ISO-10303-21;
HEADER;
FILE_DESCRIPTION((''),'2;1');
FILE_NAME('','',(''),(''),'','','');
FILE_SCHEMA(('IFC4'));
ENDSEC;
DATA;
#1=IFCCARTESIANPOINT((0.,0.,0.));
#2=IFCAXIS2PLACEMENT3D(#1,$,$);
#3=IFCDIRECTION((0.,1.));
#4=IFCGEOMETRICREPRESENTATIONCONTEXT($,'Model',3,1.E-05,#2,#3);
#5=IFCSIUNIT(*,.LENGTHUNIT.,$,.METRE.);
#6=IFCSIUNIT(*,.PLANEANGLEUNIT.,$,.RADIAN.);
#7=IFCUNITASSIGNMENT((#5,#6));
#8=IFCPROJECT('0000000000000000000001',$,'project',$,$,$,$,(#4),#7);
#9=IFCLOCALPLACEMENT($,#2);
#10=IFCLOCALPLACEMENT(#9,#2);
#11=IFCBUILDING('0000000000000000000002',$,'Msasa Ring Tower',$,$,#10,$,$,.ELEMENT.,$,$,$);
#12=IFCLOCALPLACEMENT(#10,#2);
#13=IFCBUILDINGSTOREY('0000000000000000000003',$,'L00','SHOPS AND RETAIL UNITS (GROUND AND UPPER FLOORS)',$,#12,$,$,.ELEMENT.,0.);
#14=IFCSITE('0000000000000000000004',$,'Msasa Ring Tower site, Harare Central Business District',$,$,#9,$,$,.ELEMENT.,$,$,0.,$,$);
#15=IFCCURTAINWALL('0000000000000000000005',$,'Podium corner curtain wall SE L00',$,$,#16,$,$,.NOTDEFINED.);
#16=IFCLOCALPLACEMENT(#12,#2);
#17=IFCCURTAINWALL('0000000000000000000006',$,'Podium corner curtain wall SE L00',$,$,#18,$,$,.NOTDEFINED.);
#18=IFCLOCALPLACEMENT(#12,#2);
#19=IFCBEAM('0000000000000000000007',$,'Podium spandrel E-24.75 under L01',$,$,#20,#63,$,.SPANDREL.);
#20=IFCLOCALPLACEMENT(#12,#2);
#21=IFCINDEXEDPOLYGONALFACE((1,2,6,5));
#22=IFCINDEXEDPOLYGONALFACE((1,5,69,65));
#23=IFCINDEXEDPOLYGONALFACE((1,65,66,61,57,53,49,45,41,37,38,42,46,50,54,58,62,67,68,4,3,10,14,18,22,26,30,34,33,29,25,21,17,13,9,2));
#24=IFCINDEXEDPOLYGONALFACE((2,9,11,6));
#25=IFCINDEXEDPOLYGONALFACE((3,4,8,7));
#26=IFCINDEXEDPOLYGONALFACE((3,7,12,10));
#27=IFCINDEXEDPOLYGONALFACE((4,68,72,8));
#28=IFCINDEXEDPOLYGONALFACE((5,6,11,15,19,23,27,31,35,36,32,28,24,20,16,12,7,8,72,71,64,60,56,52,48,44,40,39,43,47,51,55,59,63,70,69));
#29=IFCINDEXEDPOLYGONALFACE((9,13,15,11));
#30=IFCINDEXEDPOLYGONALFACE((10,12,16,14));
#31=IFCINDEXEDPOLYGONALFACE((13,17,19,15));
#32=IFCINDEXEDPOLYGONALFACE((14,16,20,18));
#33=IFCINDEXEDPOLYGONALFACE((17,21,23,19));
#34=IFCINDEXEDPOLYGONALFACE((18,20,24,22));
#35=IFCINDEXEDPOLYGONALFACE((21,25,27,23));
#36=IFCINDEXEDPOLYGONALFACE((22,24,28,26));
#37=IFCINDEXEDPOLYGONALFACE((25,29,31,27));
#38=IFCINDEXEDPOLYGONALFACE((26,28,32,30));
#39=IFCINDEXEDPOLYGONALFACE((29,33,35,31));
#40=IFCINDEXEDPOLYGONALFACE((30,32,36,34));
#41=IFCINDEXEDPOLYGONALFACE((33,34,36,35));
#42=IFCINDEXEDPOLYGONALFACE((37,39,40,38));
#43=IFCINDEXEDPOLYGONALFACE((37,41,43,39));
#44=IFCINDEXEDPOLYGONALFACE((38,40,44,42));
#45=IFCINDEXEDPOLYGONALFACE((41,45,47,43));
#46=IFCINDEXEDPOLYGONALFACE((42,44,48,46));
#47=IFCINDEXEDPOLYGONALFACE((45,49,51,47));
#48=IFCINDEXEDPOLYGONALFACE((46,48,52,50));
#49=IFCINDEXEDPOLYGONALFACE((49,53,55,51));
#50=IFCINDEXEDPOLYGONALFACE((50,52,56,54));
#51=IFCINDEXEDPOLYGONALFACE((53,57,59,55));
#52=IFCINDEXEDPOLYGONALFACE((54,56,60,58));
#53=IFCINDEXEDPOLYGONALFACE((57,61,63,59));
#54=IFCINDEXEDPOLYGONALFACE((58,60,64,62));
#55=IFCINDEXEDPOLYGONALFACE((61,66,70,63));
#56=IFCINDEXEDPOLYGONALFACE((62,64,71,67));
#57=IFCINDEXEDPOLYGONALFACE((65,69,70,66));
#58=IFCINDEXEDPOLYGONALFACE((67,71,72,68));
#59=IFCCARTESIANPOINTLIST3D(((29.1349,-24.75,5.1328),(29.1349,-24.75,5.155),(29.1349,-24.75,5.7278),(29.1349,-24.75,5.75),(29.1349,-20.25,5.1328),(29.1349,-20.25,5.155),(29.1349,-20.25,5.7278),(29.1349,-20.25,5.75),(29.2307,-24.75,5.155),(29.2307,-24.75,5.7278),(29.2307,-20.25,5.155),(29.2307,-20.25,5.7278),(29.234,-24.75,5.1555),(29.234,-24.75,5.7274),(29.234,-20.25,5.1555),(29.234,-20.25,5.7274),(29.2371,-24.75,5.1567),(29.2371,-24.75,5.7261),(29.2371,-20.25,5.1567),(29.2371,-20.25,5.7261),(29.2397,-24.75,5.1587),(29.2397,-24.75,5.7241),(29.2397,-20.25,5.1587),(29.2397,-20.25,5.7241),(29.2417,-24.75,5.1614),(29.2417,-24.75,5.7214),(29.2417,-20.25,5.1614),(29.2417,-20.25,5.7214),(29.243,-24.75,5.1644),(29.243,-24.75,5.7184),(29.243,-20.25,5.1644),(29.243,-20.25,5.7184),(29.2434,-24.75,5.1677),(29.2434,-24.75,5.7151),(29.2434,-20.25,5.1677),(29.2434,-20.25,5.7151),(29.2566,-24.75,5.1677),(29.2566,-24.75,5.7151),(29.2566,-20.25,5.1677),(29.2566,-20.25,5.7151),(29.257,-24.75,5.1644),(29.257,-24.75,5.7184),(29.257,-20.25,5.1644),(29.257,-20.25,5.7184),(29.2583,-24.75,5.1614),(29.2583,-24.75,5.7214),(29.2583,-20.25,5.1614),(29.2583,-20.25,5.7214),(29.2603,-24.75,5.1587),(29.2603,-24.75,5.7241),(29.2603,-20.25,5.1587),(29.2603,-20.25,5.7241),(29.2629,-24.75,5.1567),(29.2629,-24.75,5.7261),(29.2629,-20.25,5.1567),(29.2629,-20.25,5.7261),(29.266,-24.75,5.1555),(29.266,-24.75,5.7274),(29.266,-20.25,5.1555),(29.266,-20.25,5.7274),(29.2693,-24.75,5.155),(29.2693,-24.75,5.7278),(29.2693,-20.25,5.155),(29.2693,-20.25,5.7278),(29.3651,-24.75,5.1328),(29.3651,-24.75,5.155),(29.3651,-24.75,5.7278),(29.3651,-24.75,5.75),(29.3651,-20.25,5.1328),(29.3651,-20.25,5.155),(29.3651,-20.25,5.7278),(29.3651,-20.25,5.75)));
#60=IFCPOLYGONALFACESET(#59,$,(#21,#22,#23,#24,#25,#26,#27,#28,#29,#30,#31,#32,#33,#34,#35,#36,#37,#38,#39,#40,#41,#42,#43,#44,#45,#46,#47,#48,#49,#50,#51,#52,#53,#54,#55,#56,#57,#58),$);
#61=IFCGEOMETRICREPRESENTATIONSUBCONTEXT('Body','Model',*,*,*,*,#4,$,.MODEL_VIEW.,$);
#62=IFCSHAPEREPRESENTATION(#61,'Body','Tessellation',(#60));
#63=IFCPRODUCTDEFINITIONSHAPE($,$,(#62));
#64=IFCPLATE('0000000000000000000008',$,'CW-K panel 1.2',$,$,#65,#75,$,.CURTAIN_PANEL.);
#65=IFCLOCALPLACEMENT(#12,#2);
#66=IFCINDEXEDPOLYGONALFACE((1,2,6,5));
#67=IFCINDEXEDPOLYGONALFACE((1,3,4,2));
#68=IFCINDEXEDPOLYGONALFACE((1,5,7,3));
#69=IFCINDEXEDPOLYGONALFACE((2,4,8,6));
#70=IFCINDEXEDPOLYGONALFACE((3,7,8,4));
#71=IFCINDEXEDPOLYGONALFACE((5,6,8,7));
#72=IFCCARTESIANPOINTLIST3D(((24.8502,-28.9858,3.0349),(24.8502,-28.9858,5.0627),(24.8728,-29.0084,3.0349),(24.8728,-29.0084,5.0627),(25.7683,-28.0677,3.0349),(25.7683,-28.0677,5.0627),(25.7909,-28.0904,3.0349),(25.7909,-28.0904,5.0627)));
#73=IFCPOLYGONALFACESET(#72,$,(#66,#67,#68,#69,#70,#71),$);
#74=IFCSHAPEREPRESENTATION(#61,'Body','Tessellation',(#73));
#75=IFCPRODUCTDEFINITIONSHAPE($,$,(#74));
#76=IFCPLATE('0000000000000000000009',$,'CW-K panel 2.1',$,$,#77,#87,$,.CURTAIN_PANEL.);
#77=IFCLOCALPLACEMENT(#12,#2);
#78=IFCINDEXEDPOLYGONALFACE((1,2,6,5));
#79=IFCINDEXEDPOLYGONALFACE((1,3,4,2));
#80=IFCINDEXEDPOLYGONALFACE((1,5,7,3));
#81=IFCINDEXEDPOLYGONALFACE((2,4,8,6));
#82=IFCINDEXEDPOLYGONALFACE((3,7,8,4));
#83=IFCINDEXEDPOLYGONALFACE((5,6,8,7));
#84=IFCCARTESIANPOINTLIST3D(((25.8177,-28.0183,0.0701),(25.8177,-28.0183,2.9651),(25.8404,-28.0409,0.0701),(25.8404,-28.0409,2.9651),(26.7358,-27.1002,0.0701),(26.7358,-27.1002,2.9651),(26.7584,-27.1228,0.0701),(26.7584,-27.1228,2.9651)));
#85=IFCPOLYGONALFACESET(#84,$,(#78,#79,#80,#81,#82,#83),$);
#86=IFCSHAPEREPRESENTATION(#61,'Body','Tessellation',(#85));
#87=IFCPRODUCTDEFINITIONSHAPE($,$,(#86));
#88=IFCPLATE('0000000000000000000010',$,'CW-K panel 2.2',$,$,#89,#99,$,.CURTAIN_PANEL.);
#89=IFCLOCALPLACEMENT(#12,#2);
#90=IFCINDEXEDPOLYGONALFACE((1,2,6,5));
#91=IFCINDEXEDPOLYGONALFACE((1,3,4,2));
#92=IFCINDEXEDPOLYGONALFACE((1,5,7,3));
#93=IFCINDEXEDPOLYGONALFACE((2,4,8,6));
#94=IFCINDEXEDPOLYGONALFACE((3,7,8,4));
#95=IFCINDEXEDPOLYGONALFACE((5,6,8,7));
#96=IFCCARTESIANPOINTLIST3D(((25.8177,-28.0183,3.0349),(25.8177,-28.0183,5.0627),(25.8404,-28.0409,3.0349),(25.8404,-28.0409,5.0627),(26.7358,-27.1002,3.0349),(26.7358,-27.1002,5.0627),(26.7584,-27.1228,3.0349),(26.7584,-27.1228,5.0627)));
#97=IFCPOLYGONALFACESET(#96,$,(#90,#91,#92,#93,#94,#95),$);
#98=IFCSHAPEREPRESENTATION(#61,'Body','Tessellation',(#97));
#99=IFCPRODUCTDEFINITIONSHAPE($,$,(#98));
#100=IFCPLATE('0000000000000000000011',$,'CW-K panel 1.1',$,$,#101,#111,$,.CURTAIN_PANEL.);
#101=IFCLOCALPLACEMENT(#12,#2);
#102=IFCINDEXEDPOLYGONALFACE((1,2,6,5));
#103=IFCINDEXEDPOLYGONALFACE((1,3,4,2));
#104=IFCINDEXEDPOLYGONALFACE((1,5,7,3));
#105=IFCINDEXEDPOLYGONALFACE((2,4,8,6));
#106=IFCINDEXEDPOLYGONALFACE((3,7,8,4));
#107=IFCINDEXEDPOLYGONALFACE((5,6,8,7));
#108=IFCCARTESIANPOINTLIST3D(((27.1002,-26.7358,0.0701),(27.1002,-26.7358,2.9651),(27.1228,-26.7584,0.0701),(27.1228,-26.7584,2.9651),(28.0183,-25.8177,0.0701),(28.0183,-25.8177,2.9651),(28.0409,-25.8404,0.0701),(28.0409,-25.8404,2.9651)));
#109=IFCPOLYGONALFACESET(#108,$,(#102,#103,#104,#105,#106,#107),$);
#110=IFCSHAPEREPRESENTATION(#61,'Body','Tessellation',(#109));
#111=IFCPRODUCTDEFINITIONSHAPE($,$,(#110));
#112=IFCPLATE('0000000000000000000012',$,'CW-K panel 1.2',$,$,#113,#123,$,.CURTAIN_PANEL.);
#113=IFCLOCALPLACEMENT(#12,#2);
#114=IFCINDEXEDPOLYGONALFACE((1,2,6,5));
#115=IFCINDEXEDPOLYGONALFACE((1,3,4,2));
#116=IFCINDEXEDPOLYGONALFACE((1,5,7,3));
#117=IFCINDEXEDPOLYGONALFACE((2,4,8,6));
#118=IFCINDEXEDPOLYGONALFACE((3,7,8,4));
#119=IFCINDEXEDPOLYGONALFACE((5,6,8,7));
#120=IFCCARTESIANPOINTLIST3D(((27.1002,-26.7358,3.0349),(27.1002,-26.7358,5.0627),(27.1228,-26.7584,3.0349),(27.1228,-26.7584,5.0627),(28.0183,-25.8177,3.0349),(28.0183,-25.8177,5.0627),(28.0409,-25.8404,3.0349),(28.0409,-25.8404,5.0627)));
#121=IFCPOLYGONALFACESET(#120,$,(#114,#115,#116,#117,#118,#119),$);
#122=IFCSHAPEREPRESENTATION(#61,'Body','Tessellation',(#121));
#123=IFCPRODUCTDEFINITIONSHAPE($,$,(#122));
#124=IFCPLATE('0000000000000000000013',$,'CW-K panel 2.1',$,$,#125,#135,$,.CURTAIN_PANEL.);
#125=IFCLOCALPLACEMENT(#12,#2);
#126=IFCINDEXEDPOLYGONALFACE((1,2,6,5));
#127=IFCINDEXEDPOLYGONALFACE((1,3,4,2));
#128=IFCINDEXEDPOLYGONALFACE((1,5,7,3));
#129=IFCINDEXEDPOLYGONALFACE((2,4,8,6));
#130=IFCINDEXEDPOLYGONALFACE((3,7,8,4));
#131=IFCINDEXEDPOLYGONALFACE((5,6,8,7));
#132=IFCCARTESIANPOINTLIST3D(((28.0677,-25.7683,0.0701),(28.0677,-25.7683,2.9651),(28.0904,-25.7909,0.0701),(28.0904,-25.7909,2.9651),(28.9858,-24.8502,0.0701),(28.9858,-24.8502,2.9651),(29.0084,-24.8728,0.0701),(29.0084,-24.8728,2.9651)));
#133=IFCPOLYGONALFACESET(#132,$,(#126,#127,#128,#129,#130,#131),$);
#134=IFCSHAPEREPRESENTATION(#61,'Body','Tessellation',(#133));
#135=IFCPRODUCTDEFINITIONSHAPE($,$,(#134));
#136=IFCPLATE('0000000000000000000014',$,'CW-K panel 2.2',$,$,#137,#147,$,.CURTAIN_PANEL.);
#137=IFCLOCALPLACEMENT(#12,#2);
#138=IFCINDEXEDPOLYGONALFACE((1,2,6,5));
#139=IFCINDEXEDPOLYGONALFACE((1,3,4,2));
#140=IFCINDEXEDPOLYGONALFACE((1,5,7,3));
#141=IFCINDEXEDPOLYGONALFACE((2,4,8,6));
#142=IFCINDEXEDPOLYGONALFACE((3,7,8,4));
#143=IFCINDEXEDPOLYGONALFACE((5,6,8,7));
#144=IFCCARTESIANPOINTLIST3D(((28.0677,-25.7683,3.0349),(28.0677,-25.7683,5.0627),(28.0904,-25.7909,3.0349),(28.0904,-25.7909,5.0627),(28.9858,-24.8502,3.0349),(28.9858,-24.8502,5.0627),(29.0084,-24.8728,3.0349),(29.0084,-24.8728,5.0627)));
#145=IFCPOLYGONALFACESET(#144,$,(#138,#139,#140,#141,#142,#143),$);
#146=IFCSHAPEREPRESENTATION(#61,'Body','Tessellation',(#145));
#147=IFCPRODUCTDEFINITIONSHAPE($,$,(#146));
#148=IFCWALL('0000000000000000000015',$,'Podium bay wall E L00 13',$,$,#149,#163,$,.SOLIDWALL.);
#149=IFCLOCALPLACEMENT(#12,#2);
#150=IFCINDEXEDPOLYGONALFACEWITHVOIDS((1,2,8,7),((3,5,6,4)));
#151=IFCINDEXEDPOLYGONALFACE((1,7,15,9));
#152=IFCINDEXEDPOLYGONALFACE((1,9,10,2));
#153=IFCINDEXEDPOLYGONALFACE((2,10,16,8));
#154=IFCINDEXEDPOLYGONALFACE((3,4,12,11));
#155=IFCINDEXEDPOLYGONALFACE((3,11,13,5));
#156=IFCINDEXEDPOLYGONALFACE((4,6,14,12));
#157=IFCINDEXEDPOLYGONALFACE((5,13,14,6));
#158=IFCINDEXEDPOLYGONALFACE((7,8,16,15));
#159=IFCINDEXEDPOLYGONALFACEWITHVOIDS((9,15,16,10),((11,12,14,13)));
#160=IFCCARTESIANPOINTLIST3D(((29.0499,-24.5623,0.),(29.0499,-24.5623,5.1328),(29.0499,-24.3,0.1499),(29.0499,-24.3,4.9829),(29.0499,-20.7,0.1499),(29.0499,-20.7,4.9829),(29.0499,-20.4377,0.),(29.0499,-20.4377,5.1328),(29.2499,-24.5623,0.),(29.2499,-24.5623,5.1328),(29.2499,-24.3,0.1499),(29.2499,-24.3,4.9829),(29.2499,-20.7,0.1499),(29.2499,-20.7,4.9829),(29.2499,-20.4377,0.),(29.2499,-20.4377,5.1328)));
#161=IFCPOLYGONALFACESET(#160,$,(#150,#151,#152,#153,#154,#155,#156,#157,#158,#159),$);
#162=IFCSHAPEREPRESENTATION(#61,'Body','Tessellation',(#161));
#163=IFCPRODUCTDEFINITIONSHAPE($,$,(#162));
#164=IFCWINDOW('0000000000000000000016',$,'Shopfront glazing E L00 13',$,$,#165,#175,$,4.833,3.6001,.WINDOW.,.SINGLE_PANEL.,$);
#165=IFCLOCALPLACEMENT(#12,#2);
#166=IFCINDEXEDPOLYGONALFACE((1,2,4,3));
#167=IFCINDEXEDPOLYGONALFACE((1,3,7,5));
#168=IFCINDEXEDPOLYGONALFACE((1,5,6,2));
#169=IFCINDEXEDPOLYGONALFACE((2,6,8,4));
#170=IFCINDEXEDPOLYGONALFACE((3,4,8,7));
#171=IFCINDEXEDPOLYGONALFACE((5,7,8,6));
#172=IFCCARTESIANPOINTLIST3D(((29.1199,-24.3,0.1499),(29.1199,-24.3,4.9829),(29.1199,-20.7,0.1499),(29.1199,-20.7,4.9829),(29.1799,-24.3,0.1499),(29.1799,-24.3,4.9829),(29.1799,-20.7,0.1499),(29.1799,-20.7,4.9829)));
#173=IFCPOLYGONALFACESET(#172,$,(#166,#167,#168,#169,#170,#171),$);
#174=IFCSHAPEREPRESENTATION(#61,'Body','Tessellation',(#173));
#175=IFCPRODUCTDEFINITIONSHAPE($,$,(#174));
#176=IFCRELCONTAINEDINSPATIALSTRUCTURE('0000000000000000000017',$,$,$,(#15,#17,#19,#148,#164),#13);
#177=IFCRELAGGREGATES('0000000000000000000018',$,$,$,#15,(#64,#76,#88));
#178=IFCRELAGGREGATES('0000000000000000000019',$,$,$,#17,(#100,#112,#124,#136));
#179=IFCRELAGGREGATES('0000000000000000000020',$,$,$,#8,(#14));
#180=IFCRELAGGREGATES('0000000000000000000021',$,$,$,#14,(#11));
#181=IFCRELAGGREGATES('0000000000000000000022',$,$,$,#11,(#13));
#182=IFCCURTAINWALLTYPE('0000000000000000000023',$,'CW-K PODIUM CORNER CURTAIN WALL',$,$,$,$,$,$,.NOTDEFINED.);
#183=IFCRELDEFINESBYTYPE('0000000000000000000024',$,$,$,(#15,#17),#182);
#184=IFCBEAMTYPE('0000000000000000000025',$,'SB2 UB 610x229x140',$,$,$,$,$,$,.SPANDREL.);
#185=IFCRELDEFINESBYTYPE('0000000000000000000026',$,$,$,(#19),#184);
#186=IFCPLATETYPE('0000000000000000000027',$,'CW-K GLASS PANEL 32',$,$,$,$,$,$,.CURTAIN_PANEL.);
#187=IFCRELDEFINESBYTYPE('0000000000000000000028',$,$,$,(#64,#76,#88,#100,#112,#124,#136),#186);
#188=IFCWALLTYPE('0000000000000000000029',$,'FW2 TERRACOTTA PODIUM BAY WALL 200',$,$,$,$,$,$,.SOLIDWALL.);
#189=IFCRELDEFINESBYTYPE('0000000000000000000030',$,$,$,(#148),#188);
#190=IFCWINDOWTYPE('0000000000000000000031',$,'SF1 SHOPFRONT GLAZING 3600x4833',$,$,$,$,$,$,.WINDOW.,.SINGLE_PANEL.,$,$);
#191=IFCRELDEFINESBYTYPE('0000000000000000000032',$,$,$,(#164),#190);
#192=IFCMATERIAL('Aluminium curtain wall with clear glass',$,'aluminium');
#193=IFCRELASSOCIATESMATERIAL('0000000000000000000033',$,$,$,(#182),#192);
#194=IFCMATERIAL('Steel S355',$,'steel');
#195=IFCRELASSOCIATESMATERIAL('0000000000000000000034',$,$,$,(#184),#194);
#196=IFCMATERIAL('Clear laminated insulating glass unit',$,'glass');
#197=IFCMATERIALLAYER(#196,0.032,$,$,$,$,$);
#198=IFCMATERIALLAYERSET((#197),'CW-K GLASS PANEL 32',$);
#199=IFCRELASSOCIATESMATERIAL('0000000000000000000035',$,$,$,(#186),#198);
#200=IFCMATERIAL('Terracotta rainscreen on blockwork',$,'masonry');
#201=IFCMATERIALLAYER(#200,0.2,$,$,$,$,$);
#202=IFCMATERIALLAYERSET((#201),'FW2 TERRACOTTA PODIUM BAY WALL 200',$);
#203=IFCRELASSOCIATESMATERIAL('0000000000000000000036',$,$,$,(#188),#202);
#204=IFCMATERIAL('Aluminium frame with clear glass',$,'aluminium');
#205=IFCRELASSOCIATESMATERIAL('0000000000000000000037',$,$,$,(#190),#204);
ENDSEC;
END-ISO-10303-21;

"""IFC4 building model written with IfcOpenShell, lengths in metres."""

from ifc_helpers import new_model, si_unit, direction, frame, frame_2d, origin, origin_2d, place, context, subcontext, project, spatial, rectangle, i_section, extrude, material, layer, layer_set, material_profile, profile_set, type_object, element, fill, aggregate, save


model = new_model("IFC4")

# Units and contexts
model_context = context("Model", 3, precision=1e-05, world=origin(), true_north=direction((0.0, 1.0)))
body_context = subcontext(model_context, "Body", "Model", "MODEL_VIEW")
ifc_project = project(units=[si_unit("LENGTHUNIT", "METRE"), si_unit("PLANEANGLEUNIT", "RADIAN")], contexts=[model_context])

# Site, building, storey
site_placement = place(None, origin())
site = spatial("IfcSite", under=ifc_project, at=site_placement, Name="Msasa Ring Tower site, Harare Central Business District", CompositionType="ELEMENT", RefElevation=0.0)
building_placement = place(site_placement, origin())
building = spatial("IfcBuilding", under=site, at=building_placement, Name="Msasa Ring Tower", CompositionType="ELEMENT")
storey_placement = place(building_placement, origin())
storey = spatial("IfcBuildingStorey", under=building, at=storey_placement, Name="L00", Description="SHOPS AND RETAIL UNITS (GROUND AND UPPER FLOORS)", CompositionType="ELEMENT", Elevation=0.0)

# Curtain walls
ifc_material_1 = material(Name="Aluminium curtain wall with clear glass", Category="aluminium")
curtain_wall_type = type_object("IfcCurtainWallType", Name="CW-K PODIUM CORNER CURTAIN WALL", PredefinedType="NOTDEFINED", material=ifc_material_1)
curtain_wall_1_placement = place(storey_placement, origin())
curtain_wall_1 = element("IfcCurtainWall", 1, at=curtain_wall_1_placement, inside=storey, type_object=curtain_wall_type, Name="Podium corner curtain wall SE L00", PredefinedType="NOTDEFINED")
curtain_wall_2_placement = place(storey_placement, origin())
curtain_wall_2 = element("IfcCurtainWall", 2, at=curtain_wall_2_placement, inside=storey, type_object=curtain_wall_type, Name="Podium corner curtain wall SE L00", PredefinedType="NOTDEFINED")

# Beam
ifc_material_2 = material(Name="Steel S355", Category="steel")
ifc_material_profile_1 = material_profile(ifc_material_2, i_section(OverallWidth=0.2302, OverallDepth=0.6172, WebThickness=0.0132, FlangeThickness=0.0222, FilletRadius=0.0127, at=origin_2d()), Name="UB 610x229x140")
ifc_profile_set_1 = profile_set([ifc_material_profile_1], Name="Steel S355")
beam_type_1 = type_object("IfcBeamType", Name="SB2 UB 610x229x140", PredefinedType="SPANDREL", material=ifc_profile_set_1)
beam_1_placement = place(storey_placement, frame((29.25, -24.75, 5.4414), z_axis=(0.0, 1.0, 0.0), x_axis=(-1.0, 0.0, 0.0)))
element("IfcBeam", 3, at=beam_1_placement, inside=storey, type_object=beam_type_1, Name="Podium spandrel E-24.75 under L01", PredefinedType="SPANDREL", context=body_context, shape_type="SweptSolid", body=[
    extrude(i_section(OverallWidth=0.2302, OverallDepth=0.6172, WebThickness=0.0132, FlangeThickness=0.0222, FilletRadius=0.0127, at=origin_2d()), origin(), (0.0, 0.0, 1.0), 4.5),
])

# Plates
ifc_material_3 = material(Name="Clear laminated insulating glass unit", Category="glass")
ifc_layer_1 = layer(ifc_material_3, 0.032)
ifc_layer_set_1 = layer_set([ifc_layer_1], Name="CW-K GLASS PANEL 32")
plate_type = type_object("IfcPlateType", Name="CW-K GLASS PANEL 32", PredefinedType="CURTAIN_PANEL", material=ifc_layer_set_1)
plate_1_placement = place(storey_placement, frame((25.3206, -28.5381, 3.0349), z_axis=(0.0, 0.0, 1.0), x_axis=(0.707107, 0.707107, 0.0)))
plate_1 = element("IfcPlate", 4, at=plate_1_placement, type_object=plate_type, Name="CW-K panel 1.2", PredefinedType="CURTAIN_PANEL", context=body_context, shape_type="SweptSolid", body=[
    extrude(rectangle(XDim=1.2983, YDim=0.032, at=origin_2d()), origin(), (0.0, 0.0, 1.0), 2.0278),
])
plate_2_placement = place(storey_placement, frame((26.2881, -27.5706, 0.0701), z_axis=(0.0, 0.0, 1.0), x_axis=(0.707107, 0.707107, 0.0)))
plate_2 = element("IfcPlate", 5, at=plate_2_placement, type_object=plate_type, Name="CW-K panel 2.1", PredefinedType="CURTAIN_PANEL", context=body_context, shape_type="SweptSolid", body=[
    extrude(rectangle(XDim=1.2983, YDim=0.032, at=origin_2d()), origin(), (0.0, 0.0, 1.0), 2.895),
])
plate_3_placement = place(storey_placement, frame((26.2881, -27.5706, 3.0349), z_axis=(0.0, 0.0, 1.0), x_axis=(0.707107, 0.707107, 0.0)))
plate_3 = element("IfcPlate", 6, at=plate_3_placement, type_object=plate_type, Name="CW-K panel 2.2", PredefinedType="CURTAIN_PANEL", context=body_context, shape_type="SweptSolid", body=[
    extrude(rectangle(XDim=1.2983, YDim=0.032, at=origin_2d()), origin(), (0.0, 0.0, 1.0), 2.0278),
])
aggregate(curtain_wall_1, [plate_1, plate_2, plate_3])
plate_4_placement = place(storey_placement, frame((27.5706, -26.2881, 0.0701), z_axis=(0.0, 0.0, 1.0), x_axis=(0.707107, 0.707107, 0.0)))
plate_4 = element("IfcPlate", 7, at=plate_4_placement, type_object=plate_type, Name="CW-K panel 1.1", PredefinedType="CURTAIN_PANEL", context=body_context, shape_type="SweptSolid", body=[
    extrude(rectangle(XDim=1.2983, YDim=0.032, at=origin_2d()), origin(), (0.0, 0.0, 1.0), 2.895),
])
plate_5_placement = place(storey_placement, frame((27.5706, -26.2881, 3.0349), z_axis=(0.0, 0.0, 1.0), x_axis=(0.707107, 0.707107, 0.0)))
plate_5 = element("IfcPlate", 8, at=plate_5_placement, type_object=plate_type, Name="CW-K panel 1.2", PredefinedType="CURTAIN_PANEL", context=body_context, shape_type="SweptSolid", body=[
    extrude(rectangle(XDim=1.2983, YDim=0.032, at=origin_2d()), origin(), (0.0, 0.0, 1.0), 2.0278),
])
plate_6_placement = place(storey_placement, frame((28.5381, -25.3206, 0.0701), z_axis=(0.0, 0.0, 1.0), x_axis=(0.707107, 0.707107, 0.0)))
plate_6 = element("IfcPlate", 9, at=plate_6_placement, type_object=plate_type, Name="CW-K panel 2.1", PredefinedType="CURTAIN_PANEL", context=body_context, shape_type="SweptSolid", body=[
    extrude(rectangle(XDim=1.2983, YDim=0.032, at=origin_2d()), origin(), (0.0, 0.0, 1.0), 2.895),
])
plate_7_placement = place(storey_placement, frame((28.5381, -25.3206, 3.0349), z_axis=(0.0, 0.0, 1.0), x_axis=(0.707107, 0.707107, 0.0)))
plate_7 = element("IfcPlate", 10, at=plate_7_placement, type_object=plate_type, Name="CW-K panel 2.2", PredefinedType="CURTAIN_PANEL", context=body_context, shape_type="SweptSolid", body=[
    extrude(rectangle(XDim=1.2983, YDim=0.032, at=origin_2d()), origin(), (0.0, 0.0, 1.0), 2.0278),
])
aggregate(curtain_wall_2, [plate_4, plate_5, plate_6, plate_7])

# Wall, opening, window
ifc_material_4 = material(Name="Terracotta rainscreen on blockwork", Category="masonry")
ifc_layer_2 = layer(ifc_material_4, 0.2)
ifc_layer_set_2 = layer_set([ifc_layer_2], Name="FW2 TERRACOTTA PODIUM BAY WALL 200")
wall_type = type_object("IfcWallType", Name="FW2 TERRACOTTA PODIUM BAY WALL 200", PredefinedType="SOLIDWALL", material=ifc_layer_set_2)
wall_placement = place(storey_placement, frame((29.1499, -24.5623, 0.0), z_axis=(0.0, 0.0, 1.0), x_axis=(0.0, 1.0, 0.0)))
wall = element("IfcWall", 11, at=wall_placement, inside=storey, type_object=wall_type, Name="Podium bay wall E L00 13", PredefinedType="SOLIDWALL", context=body_context, shape_type="SweptSolid", body=[
    extrude(rectangle(XDim=4.1245, YDim=0.2, at=frame_2d((2.0623, 0.0))), origin(), (0.0, 0.0, 1.0), 5.1328),
])
opening_placement = place(wall_placement, frame((0.2622, 0.0, 0.1499)))
opening = element("IfcOpeningElement", 12, at=opening_placement, cuts=wall, PredefinedType="OPENING", context=body_context, shape_type="SweptSolid", body=[
    extrude(rectangle(XDim=3.6001, YDim=4.833, at=frame_2d((1.8, 2.4165))), frame((0.0, 0.1099, 0.0), z_axis=(0.0, -1.0, 0.0), x_axis=(1.0, 0.0, 0.0)), (0.0, 0.0, 1.0), 0.22),
])
ifc_material_5 = material(Name="Aluminium frame with clear glass", Category="aluminium")
window_type = type_object("IfcWindowType", Name="SF1 SHOPFRONT GLAZING 3600x4833", PartitioningType="SINGLE_PANEL", PredefinedType="WINDOW", material=ifc_material_5)
window_placement = place(opening_placement, origin())
window = element("IfcWindow", 13, at=window_placement, inside=storey, type_object=window_type, Name="Shopfront glazing E L00 13", OverallHeight=4.833, OverallWidth=3.6001, PartitioningType="SINGLE_PANEL", PredefinedType="WINDOW", context=body_context, shape_type="SweptSolid", body=[
    extrude(rectangle(XDim=3.6001, YDim=4.833, at=frame_2d((1.8, 2.4165))), frame((0.0, 0.03, 0.0), z_axis=(0.0, -1.0, 0.0), x_axis=(1.0, 0.0, 0.0)), (0.0, 0.0, 1.0), 0.0601),
])
fill(opening, window)

save(model, "model.ifc")
